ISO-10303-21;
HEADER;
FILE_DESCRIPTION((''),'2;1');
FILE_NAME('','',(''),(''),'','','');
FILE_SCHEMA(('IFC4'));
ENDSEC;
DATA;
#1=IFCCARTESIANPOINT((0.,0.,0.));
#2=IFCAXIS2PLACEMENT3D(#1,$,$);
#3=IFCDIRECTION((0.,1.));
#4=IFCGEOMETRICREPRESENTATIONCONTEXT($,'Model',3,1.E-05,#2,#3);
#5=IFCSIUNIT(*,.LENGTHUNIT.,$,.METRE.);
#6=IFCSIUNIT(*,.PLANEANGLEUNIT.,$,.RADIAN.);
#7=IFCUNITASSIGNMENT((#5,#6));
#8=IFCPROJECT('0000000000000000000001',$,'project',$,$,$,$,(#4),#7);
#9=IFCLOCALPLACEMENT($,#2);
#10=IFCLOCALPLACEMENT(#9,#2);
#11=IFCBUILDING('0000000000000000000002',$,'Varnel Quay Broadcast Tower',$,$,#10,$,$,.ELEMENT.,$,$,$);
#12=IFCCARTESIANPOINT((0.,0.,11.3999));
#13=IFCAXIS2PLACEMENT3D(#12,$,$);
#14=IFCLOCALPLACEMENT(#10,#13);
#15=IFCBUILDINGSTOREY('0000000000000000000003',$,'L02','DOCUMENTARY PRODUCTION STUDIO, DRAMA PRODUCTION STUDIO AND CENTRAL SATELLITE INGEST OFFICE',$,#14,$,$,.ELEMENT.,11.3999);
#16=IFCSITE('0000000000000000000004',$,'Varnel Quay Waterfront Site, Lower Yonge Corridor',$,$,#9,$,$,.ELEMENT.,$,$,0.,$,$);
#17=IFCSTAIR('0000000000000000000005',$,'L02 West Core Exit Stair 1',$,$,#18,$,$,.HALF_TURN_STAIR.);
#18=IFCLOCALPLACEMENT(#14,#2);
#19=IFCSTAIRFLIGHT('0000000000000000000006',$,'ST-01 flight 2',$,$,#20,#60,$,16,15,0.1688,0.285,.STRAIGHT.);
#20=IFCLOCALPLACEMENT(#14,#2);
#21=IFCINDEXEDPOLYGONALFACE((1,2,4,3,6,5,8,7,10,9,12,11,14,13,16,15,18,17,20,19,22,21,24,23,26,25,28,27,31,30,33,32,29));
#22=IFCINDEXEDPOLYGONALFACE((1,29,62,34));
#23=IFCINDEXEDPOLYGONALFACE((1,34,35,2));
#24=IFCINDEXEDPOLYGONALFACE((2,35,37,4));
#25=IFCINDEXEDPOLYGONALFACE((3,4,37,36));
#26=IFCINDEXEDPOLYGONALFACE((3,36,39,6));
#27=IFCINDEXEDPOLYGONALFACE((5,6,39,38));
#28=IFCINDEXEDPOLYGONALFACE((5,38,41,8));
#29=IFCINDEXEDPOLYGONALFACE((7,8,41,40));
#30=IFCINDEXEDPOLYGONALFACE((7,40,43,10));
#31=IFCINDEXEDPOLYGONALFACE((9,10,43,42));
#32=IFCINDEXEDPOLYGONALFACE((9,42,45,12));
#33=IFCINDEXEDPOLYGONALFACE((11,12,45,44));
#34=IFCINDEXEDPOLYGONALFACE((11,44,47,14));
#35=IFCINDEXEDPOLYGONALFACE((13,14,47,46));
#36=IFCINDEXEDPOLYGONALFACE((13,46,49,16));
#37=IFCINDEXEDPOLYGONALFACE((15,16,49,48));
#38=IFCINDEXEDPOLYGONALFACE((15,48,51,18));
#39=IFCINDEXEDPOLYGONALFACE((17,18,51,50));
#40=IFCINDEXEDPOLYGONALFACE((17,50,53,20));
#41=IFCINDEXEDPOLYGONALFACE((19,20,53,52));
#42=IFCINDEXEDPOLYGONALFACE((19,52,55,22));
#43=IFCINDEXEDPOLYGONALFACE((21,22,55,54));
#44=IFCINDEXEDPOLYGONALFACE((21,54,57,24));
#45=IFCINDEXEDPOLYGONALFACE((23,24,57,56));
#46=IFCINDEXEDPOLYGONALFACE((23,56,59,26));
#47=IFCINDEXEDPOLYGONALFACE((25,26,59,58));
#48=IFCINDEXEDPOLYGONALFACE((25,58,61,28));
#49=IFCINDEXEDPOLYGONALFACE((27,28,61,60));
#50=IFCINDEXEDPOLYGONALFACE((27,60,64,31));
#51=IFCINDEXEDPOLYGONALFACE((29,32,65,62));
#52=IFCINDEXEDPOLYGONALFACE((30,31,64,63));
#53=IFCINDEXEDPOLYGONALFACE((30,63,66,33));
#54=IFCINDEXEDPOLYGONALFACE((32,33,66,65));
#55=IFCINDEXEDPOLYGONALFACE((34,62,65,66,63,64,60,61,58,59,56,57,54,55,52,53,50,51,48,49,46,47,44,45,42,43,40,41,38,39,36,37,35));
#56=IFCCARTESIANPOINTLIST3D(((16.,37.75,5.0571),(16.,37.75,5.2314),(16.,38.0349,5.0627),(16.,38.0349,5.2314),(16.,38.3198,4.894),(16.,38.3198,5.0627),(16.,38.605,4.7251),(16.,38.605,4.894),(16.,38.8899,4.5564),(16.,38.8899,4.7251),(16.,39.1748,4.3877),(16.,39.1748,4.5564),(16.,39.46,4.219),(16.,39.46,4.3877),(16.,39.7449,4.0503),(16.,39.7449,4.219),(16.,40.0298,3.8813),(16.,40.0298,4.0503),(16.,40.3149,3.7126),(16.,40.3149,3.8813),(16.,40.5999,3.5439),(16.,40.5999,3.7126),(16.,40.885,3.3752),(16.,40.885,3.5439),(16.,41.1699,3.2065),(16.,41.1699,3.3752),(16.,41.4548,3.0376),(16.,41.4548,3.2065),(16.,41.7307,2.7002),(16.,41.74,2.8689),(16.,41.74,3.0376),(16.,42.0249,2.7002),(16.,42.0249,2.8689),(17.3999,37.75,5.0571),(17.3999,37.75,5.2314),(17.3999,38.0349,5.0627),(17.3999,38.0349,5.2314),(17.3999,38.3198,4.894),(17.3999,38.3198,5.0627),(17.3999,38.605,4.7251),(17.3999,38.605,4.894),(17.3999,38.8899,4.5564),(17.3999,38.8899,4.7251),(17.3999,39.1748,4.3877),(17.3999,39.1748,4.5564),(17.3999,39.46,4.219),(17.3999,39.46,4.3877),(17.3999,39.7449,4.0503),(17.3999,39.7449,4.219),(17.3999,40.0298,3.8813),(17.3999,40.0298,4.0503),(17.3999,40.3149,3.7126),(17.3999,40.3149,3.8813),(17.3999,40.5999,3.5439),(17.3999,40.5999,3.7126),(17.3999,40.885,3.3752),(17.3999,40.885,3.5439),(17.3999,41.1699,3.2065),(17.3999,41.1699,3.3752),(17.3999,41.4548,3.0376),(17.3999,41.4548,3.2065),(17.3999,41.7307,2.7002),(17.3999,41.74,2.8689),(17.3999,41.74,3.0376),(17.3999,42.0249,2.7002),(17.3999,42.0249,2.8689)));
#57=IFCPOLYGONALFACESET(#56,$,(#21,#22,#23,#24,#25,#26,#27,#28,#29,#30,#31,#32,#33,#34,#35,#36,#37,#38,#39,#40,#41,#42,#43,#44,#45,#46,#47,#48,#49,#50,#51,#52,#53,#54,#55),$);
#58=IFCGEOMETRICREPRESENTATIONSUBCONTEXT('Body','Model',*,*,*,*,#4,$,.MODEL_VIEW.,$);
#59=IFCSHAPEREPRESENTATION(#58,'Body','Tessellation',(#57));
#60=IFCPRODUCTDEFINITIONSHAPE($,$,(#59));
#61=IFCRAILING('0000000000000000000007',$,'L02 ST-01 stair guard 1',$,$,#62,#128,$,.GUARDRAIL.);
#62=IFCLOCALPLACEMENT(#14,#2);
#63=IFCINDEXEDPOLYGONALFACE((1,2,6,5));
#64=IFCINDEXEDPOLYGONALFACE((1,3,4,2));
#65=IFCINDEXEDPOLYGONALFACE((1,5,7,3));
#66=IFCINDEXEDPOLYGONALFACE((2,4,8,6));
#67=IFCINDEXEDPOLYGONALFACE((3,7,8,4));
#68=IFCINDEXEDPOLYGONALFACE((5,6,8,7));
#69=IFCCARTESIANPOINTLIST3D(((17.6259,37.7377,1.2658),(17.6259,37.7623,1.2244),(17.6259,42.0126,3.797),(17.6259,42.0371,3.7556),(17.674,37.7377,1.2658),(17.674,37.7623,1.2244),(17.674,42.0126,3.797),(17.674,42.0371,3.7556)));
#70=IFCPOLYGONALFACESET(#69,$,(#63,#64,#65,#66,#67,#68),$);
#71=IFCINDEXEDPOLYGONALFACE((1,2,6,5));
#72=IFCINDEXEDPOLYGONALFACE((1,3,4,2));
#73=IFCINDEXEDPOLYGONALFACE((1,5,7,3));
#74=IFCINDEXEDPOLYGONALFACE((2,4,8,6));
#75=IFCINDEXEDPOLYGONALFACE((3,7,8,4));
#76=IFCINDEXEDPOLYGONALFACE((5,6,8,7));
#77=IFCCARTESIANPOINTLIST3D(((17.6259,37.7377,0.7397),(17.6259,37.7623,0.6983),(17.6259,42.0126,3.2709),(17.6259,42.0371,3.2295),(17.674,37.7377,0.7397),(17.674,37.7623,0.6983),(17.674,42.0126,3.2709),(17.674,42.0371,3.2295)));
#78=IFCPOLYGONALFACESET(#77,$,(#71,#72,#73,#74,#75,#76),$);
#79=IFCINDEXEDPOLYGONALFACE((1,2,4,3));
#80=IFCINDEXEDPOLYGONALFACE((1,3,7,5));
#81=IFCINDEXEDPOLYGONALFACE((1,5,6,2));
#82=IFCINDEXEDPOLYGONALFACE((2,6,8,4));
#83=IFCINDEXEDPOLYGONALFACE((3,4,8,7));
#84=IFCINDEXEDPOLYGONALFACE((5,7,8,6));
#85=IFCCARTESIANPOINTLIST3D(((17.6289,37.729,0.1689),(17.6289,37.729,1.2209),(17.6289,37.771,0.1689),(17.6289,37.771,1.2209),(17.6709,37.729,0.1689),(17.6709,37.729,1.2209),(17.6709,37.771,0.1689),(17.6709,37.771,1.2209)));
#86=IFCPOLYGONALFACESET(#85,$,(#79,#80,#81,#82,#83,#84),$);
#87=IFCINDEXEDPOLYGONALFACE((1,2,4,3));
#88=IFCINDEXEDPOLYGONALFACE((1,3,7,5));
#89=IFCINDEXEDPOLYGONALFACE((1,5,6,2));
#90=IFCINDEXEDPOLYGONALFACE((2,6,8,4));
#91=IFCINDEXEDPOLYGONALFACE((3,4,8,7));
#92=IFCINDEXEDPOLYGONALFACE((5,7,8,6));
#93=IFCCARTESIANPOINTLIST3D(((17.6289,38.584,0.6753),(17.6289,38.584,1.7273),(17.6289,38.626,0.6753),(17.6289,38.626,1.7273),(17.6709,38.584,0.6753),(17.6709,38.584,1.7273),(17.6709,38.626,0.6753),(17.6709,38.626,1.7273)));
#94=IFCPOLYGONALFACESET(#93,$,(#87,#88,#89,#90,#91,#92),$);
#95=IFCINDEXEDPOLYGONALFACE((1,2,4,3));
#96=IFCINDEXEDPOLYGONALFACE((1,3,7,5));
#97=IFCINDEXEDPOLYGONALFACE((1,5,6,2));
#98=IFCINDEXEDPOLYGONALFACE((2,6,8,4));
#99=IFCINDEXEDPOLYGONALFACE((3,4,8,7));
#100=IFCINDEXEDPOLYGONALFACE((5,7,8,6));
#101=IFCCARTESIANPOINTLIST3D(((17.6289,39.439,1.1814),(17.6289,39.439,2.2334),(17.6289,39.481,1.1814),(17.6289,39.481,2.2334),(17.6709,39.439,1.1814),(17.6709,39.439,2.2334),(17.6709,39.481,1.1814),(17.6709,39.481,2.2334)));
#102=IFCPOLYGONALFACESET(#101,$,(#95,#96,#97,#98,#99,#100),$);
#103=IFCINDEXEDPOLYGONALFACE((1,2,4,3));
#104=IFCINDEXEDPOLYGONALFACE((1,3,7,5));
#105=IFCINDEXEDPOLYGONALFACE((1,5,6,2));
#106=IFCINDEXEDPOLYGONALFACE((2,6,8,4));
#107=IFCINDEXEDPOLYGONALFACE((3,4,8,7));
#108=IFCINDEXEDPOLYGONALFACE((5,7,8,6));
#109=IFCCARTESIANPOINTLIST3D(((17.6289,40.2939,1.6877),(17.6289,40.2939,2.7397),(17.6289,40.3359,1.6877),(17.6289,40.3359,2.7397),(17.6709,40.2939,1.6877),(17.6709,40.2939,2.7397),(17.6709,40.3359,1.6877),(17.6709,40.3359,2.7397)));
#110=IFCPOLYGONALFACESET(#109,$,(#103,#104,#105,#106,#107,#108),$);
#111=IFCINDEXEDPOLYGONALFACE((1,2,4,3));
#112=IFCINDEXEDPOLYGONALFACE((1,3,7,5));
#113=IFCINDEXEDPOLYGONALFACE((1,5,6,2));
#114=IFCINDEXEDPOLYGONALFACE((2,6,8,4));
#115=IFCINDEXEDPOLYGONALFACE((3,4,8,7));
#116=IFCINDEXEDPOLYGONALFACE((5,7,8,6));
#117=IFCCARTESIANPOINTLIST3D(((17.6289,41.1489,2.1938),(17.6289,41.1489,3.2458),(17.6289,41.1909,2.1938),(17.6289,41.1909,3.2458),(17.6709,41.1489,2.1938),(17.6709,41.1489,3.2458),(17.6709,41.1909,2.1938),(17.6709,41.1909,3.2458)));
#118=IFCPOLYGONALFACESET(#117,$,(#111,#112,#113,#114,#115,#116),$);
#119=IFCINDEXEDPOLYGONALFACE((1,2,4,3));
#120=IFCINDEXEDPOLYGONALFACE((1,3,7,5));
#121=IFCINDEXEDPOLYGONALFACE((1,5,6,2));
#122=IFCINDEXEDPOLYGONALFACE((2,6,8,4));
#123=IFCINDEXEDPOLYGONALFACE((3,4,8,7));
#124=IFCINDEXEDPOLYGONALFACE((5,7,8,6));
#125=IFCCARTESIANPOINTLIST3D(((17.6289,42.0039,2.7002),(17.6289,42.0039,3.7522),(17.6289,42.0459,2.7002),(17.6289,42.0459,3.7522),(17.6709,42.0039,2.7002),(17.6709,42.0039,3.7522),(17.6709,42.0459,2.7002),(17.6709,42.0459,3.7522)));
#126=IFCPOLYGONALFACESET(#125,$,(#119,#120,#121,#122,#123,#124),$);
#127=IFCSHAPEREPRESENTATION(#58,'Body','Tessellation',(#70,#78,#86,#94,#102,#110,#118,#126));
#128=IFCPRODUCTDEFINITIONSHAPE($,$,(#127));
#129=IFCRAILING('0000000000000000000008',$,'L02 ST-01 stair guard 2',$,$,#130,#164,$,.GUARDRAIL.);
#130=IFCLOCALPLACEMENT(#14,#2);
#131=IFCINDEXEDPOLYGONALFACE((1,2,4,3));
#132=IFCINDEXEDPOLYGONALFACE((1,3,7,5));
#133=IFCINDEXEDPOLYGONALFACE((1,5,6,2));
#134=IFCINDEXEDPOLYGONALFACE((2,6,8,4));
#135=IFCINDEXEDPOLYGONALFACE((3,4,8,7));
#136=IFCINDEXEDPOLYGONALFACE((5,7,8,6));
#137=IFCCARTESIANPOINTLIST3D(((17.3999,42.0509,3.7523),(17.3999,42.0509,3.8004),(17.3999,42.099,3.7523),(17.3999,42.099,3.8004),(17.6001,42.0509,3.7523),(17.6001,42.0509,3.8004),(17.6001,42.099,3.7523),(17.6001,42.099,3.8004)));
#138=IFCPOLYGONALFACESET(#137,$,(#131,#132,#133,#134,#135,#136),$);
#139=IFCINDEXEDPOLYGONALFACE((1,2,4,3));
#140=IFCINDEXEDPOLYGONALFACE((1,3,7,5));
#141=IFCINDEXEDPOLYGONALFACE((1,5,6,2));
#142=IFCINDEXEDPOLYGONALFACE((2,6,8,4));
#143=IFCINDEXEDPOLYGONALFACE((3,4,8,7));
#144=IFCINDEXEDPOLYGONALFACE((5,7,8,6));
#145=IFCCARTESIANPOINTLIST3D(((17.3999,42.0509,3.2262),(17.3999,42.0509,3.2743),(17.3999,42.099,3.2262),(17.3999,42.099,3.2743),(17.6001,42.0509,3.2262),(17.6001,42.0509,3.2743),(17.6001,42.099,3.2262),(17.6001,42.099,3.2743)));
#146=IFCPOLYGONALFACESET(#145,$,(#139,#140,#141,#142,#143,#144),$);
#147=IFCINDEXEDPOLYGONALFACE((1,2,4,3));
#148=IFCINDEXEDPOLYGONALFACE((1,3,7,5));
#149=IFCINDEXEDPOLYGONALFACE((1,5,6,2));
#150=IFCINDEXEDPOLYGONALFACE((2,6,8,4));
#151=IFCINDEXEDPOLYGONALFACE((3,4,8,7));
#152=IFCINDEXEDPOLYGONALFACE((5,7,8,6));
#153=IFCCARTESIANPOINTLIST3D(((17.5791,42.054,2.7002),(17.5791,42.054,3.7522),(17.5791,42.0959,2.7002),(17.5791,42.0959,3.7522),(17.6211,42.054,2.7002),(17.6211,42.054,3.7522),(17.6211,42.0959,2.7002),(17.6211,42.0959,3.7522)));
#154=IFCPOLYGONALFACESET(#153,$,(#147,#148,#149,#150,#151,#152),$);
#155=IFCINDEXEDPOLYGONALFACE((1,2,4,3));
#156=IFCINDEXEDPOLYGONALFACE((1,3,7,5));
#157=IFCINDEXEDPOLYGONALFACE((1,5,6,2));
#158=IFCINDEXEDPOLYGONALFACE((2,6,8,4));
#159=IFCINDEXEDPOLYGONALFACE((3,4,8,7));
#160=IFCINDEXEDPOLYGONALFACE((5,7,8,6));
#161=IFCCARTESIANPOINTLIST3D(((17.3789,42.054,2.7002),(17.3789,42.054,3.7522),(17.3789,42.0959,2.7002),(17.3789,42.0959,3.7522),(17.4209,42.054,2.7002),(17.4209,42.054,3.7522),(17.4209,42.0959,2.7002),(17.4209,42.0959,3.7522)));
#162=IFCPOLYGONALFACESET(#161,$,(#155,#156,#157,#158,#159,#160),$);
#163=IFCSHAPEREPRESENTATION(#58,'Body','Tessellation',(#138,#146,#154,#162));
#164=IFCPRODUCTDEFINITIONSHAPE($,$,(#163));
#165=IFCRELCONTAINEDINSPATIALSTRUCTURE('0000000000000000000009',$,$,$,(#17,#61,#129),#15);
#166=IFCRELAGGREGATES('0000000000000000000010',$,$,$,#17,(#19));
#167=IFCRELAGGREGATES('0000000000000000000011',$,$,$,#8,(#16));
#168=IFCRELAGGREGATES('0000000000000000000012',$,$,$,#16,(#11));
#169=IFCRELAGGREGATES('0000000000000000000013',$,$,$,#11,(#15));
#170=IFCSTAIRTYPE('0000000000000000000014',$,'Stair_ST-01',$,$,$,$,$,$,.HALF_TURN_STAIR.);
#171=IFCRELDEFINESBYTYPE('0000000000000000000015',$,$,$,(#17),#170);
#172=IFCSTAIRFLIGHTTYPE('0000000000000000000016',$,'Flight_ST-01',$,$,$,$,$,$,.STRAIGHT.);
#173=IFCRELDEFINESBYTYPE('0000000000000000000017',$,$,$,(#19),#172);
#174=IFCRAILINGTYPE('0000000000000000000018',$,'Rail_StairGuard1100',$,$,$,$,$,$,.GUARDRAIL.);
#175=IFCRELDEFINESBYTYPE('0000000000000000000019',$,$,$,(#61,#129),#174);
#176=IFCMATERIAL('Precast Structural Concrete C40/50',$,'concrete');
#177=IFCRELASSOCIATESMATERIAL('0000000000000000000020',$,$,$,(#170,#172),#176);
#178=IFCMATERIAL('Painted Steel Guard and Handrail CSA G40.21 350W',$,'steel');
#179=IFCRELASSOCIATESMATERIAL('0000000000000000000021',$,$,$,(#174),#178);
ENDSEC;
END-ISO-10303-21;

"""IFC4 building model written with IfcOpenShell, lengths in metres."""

from ifc_helpers import new_model, si_unit, direction, frame, origin, origin_2d, place, context, subcontext, project, spatial, polyline, rectangle, outline, extrude, material, type_object, element, aggregate, save


model = new_model("IFC4")

# Units and contexts
model_context = context("Model", 3, precision=1e-05, world=origin(), true_north=direction((0.0, 1.0)))
body_context = subcontext(model_context, "Body", "Model", "MODEL_VIEW")
ifc_project = project(units=[si_unit("LENGTHUNIT", "METRE"), si_unit("PLANEANGLEUNIT", "RADIAN")], contexts=[model_context])

# Site, building, storey
site_placement = place(None, origin())
site = spatial("IfcSite", under=ifc_project, at=site_placement, Name="Varnel Quay Waterfront Site, Lower Yonge Corridor", CompositionType="ELEMENT", RefElevation=0.0)
building_placement = place(site_placement, origin())
building = spatial("IfcBuilding", under=site, at=building_placement, Name="Varnel Quay Broadcast Tower", CompositionType="ELEMENT")
storey_placement = place(building_placement, frame((0.0, 0.0, 11.3999)))
storey = spatial("IfcBuildingStorey", under=building, at=storey_placement, Name="L02", Description="DOCUMENTARY PRODUCTION STUDIO, DRAMA PRODUCTION STUDIO AND CENTRAL SATELLITE INGEST OFFICE", CompositionType="ELEMENT", Elevation=11.3999)

# Stair, stair flight
ifc_material_1 = material(Name="Precast Structural Concrete C40/50", Category="concrete")
stair_type = type_object("IfcStairType", Name="Stair_ST-01", PredefinedType="HALF_TURN_STAIR", material=ifc_material_1)
stair_placement = place(storey_placement, origin())
stair = element("IfcStair", 1, at=stair_placement, inside=storey, type_object=stair_type, Name="L02 West Core Exit Stair 1", PredefinedType="HALF_TURN_STAIR")
stair_flight_type = type_object("IfcStairFlightType", Name="Flight_ST-01", PredefinedType="STRAIGHT", material=ifc_material_1)
stair_flight_1_placement = place(storey_placement, frame((16.7, 42.0249, 2.7002), z_axis=(0.0, 0.0, 1.0), x_axis=(0.0, -1.0, 0.0)))
stair_flight_1 = element("IfcStairFlight", 2, at=stair_flight_1_placement, type_object=stair_flight_type, Name="ST-01 flight 2", NumberOfRisers=16, NumberOfTreads=15, PredefinedType="STRAIGHT", RiserHeight=0.1688, TreadLength=0.285, context=body_context, shape_type="SweptSolid", body=[
    extrude(outline(polyline([(0.0, 0.0), (0.0, 0.1687), (0.2849, 0.1687), (0.2849, 0.3374), (0.5701, 0.3374), (0.5701, 0.5063), (0.855, 0.5063), (0.855, 0.675), (1.1399, 0.675), (1.1399, 0.8438), (1.425, 0.8438), (1.425, 1.0125), (1.71, 1.0125), (1.71, 1.1812), (1.9951, 1.1812), (1.9951, 1.3501), (2.28, 1.3501), (2.28, 1.5188), (2.5649, 1.5188), (2.5649, 1.6875), (2.8501, 1.6875), (2.8501, 1.8562), (3.135, 1.8562), (3.135, 2.0249), (3.4199, 2.0249), (3.4199, 2.1938), (3.7051, 2.1938), (3.7051, 2.3625), (3.99, 2.3625), (3.99, 2.5312), (4.2749, 2.5312), (4.2749, 2.7), (4.2749, 2.3569), (0.2942, 0.0), (0.0, 0.0)])), frame((0.0, 0.7, 0.0), z_axis=(0.0, -1.0, 0.0), x_axis=(1.0, 0.0, 0.0)), (0.0, 0.0, 1.0), 1.3999),
])
aggregate(stair, [stair_flight_1])

# Railings
ifc_material_2 = material(Name="Painted Steel Guard and Handrail CSA G40.21 350W", Category="steel")
railing_type_1 = type_object("IfcRailingType", Name="Rail_StairGuard1100", PredefinedType="GUARDRAIL", material=ifc_material_2)
railing_1_placement = place(storey_placement, frame((17.6499, 37.75, 0.1689)))
element("IfcRailing", 3, at=railing_1_placement, inside=storey, type_object=railing_type_1, Name="L02 ST-01 stair guard 1", PredefinedType="GUARDRAIL", context=body_context, shape_type="SweptSolid", body=[
    extrude(rectangle(XDim=0.0481, YDim=0.0481, at=origin_2d()), frame((0.0, 0.0, 1.0762), z_axis=(0.0, 0.86047, 0.509501), x_axis=(-1.0, 0.0, 0.0)), (0.0, 0.0, 1.0), 4.968),
    extrude(rectangle(XDim=0.0481, YDim=0.0481, at=origin_2d()), frame((0.0, 0.0, 0.55), z_axis=(0.0, 0.86047, 0.509501), x_axis=(-1.0, 0.0, 0.0)), (0.0, 0.0, 1.0), 4.968),
    extrude(rectangle(XDim=0.042, YDim=0.042, at=origin_2d()), origin(), (0.0, 0.0, 1.0), 1.052),
    extrude(rectangle(XDim=0.042, YDim=0.042, at=origin_2d()), frame((0.0, 0.855, 0.5063)), (0.0, 0.0, 1.0), 1.052),
    extrude(rectangle(XDim=0.042, YDim=0.042, at=origin_2d()), frame((0.0, 1.71, 1.0125)), (0.0, 0.0, 1.0), 1.052),
    extrude(rectangle(XDim=0.042, YDim=0.042, at=origin_2d()), frame((0.0, 2.5649, 1.5188)), (0.0, 0.0, 1.0), 1.052),
    extrude(rectangle(XDim=0.042, YDim=0.042, at=origin_2d()), frame((0.0, 3.4199, 2.0249)), (0.0, 0.0, 1.0), 1.052),
    extrude(rectangle(XDim=0.042, YDim=0.042, at=origin_2d()), frame((0.0, 4.2749, 2.5312)), (0.0, 0.0, 1.0), 1.052),
])
railing_2_placement = place(storey_placement, frame((17.6001, 42.075, 2.7002)))
element("IfcRailing", 4, at=railing_2_placement, inside=storey, type_object=railing_type_1, Name="L02 ST-01 stair guard 2", PredefinedType="GUARDRAIL", context=body_context, shape_type="SweptSolid", body=[
    extrude(rectangle(XDim=0.0481, YDim=0.0481, at=origin_2d()), frame((0.0, 0.0, 1.0762), z_axis=(-1.0, 0.0, 0.0), x_axis=(0.0, -1.0, 0.0)), (0.0, 0.0, 1.0), 0.2002),
    extrude(rectangle(XDim=0.0481, YDim=0.0481, at=origin_2d()), frame((0.0, 0.0, 0.55), z_axis=(-1.0, 0.0, 0.0), x_axis=(0.0, -1.0, 0.0)), (0.0, 0.0, 1.0), 0.2002),
    extrude(rectangle(XDim=0.042, YDim=0.042, at=origin_2d()), origin(), (0.0, 0.0, 1.0), 1.052),
    extrude(rectangle(XDim=0.042, YDim=0.042, at=origin_2d()), frame((-0.2002, 0.0, 0.0)), (0.0, 0.0, 1.0), 1.052),
])

save(model, "model.ifc")
